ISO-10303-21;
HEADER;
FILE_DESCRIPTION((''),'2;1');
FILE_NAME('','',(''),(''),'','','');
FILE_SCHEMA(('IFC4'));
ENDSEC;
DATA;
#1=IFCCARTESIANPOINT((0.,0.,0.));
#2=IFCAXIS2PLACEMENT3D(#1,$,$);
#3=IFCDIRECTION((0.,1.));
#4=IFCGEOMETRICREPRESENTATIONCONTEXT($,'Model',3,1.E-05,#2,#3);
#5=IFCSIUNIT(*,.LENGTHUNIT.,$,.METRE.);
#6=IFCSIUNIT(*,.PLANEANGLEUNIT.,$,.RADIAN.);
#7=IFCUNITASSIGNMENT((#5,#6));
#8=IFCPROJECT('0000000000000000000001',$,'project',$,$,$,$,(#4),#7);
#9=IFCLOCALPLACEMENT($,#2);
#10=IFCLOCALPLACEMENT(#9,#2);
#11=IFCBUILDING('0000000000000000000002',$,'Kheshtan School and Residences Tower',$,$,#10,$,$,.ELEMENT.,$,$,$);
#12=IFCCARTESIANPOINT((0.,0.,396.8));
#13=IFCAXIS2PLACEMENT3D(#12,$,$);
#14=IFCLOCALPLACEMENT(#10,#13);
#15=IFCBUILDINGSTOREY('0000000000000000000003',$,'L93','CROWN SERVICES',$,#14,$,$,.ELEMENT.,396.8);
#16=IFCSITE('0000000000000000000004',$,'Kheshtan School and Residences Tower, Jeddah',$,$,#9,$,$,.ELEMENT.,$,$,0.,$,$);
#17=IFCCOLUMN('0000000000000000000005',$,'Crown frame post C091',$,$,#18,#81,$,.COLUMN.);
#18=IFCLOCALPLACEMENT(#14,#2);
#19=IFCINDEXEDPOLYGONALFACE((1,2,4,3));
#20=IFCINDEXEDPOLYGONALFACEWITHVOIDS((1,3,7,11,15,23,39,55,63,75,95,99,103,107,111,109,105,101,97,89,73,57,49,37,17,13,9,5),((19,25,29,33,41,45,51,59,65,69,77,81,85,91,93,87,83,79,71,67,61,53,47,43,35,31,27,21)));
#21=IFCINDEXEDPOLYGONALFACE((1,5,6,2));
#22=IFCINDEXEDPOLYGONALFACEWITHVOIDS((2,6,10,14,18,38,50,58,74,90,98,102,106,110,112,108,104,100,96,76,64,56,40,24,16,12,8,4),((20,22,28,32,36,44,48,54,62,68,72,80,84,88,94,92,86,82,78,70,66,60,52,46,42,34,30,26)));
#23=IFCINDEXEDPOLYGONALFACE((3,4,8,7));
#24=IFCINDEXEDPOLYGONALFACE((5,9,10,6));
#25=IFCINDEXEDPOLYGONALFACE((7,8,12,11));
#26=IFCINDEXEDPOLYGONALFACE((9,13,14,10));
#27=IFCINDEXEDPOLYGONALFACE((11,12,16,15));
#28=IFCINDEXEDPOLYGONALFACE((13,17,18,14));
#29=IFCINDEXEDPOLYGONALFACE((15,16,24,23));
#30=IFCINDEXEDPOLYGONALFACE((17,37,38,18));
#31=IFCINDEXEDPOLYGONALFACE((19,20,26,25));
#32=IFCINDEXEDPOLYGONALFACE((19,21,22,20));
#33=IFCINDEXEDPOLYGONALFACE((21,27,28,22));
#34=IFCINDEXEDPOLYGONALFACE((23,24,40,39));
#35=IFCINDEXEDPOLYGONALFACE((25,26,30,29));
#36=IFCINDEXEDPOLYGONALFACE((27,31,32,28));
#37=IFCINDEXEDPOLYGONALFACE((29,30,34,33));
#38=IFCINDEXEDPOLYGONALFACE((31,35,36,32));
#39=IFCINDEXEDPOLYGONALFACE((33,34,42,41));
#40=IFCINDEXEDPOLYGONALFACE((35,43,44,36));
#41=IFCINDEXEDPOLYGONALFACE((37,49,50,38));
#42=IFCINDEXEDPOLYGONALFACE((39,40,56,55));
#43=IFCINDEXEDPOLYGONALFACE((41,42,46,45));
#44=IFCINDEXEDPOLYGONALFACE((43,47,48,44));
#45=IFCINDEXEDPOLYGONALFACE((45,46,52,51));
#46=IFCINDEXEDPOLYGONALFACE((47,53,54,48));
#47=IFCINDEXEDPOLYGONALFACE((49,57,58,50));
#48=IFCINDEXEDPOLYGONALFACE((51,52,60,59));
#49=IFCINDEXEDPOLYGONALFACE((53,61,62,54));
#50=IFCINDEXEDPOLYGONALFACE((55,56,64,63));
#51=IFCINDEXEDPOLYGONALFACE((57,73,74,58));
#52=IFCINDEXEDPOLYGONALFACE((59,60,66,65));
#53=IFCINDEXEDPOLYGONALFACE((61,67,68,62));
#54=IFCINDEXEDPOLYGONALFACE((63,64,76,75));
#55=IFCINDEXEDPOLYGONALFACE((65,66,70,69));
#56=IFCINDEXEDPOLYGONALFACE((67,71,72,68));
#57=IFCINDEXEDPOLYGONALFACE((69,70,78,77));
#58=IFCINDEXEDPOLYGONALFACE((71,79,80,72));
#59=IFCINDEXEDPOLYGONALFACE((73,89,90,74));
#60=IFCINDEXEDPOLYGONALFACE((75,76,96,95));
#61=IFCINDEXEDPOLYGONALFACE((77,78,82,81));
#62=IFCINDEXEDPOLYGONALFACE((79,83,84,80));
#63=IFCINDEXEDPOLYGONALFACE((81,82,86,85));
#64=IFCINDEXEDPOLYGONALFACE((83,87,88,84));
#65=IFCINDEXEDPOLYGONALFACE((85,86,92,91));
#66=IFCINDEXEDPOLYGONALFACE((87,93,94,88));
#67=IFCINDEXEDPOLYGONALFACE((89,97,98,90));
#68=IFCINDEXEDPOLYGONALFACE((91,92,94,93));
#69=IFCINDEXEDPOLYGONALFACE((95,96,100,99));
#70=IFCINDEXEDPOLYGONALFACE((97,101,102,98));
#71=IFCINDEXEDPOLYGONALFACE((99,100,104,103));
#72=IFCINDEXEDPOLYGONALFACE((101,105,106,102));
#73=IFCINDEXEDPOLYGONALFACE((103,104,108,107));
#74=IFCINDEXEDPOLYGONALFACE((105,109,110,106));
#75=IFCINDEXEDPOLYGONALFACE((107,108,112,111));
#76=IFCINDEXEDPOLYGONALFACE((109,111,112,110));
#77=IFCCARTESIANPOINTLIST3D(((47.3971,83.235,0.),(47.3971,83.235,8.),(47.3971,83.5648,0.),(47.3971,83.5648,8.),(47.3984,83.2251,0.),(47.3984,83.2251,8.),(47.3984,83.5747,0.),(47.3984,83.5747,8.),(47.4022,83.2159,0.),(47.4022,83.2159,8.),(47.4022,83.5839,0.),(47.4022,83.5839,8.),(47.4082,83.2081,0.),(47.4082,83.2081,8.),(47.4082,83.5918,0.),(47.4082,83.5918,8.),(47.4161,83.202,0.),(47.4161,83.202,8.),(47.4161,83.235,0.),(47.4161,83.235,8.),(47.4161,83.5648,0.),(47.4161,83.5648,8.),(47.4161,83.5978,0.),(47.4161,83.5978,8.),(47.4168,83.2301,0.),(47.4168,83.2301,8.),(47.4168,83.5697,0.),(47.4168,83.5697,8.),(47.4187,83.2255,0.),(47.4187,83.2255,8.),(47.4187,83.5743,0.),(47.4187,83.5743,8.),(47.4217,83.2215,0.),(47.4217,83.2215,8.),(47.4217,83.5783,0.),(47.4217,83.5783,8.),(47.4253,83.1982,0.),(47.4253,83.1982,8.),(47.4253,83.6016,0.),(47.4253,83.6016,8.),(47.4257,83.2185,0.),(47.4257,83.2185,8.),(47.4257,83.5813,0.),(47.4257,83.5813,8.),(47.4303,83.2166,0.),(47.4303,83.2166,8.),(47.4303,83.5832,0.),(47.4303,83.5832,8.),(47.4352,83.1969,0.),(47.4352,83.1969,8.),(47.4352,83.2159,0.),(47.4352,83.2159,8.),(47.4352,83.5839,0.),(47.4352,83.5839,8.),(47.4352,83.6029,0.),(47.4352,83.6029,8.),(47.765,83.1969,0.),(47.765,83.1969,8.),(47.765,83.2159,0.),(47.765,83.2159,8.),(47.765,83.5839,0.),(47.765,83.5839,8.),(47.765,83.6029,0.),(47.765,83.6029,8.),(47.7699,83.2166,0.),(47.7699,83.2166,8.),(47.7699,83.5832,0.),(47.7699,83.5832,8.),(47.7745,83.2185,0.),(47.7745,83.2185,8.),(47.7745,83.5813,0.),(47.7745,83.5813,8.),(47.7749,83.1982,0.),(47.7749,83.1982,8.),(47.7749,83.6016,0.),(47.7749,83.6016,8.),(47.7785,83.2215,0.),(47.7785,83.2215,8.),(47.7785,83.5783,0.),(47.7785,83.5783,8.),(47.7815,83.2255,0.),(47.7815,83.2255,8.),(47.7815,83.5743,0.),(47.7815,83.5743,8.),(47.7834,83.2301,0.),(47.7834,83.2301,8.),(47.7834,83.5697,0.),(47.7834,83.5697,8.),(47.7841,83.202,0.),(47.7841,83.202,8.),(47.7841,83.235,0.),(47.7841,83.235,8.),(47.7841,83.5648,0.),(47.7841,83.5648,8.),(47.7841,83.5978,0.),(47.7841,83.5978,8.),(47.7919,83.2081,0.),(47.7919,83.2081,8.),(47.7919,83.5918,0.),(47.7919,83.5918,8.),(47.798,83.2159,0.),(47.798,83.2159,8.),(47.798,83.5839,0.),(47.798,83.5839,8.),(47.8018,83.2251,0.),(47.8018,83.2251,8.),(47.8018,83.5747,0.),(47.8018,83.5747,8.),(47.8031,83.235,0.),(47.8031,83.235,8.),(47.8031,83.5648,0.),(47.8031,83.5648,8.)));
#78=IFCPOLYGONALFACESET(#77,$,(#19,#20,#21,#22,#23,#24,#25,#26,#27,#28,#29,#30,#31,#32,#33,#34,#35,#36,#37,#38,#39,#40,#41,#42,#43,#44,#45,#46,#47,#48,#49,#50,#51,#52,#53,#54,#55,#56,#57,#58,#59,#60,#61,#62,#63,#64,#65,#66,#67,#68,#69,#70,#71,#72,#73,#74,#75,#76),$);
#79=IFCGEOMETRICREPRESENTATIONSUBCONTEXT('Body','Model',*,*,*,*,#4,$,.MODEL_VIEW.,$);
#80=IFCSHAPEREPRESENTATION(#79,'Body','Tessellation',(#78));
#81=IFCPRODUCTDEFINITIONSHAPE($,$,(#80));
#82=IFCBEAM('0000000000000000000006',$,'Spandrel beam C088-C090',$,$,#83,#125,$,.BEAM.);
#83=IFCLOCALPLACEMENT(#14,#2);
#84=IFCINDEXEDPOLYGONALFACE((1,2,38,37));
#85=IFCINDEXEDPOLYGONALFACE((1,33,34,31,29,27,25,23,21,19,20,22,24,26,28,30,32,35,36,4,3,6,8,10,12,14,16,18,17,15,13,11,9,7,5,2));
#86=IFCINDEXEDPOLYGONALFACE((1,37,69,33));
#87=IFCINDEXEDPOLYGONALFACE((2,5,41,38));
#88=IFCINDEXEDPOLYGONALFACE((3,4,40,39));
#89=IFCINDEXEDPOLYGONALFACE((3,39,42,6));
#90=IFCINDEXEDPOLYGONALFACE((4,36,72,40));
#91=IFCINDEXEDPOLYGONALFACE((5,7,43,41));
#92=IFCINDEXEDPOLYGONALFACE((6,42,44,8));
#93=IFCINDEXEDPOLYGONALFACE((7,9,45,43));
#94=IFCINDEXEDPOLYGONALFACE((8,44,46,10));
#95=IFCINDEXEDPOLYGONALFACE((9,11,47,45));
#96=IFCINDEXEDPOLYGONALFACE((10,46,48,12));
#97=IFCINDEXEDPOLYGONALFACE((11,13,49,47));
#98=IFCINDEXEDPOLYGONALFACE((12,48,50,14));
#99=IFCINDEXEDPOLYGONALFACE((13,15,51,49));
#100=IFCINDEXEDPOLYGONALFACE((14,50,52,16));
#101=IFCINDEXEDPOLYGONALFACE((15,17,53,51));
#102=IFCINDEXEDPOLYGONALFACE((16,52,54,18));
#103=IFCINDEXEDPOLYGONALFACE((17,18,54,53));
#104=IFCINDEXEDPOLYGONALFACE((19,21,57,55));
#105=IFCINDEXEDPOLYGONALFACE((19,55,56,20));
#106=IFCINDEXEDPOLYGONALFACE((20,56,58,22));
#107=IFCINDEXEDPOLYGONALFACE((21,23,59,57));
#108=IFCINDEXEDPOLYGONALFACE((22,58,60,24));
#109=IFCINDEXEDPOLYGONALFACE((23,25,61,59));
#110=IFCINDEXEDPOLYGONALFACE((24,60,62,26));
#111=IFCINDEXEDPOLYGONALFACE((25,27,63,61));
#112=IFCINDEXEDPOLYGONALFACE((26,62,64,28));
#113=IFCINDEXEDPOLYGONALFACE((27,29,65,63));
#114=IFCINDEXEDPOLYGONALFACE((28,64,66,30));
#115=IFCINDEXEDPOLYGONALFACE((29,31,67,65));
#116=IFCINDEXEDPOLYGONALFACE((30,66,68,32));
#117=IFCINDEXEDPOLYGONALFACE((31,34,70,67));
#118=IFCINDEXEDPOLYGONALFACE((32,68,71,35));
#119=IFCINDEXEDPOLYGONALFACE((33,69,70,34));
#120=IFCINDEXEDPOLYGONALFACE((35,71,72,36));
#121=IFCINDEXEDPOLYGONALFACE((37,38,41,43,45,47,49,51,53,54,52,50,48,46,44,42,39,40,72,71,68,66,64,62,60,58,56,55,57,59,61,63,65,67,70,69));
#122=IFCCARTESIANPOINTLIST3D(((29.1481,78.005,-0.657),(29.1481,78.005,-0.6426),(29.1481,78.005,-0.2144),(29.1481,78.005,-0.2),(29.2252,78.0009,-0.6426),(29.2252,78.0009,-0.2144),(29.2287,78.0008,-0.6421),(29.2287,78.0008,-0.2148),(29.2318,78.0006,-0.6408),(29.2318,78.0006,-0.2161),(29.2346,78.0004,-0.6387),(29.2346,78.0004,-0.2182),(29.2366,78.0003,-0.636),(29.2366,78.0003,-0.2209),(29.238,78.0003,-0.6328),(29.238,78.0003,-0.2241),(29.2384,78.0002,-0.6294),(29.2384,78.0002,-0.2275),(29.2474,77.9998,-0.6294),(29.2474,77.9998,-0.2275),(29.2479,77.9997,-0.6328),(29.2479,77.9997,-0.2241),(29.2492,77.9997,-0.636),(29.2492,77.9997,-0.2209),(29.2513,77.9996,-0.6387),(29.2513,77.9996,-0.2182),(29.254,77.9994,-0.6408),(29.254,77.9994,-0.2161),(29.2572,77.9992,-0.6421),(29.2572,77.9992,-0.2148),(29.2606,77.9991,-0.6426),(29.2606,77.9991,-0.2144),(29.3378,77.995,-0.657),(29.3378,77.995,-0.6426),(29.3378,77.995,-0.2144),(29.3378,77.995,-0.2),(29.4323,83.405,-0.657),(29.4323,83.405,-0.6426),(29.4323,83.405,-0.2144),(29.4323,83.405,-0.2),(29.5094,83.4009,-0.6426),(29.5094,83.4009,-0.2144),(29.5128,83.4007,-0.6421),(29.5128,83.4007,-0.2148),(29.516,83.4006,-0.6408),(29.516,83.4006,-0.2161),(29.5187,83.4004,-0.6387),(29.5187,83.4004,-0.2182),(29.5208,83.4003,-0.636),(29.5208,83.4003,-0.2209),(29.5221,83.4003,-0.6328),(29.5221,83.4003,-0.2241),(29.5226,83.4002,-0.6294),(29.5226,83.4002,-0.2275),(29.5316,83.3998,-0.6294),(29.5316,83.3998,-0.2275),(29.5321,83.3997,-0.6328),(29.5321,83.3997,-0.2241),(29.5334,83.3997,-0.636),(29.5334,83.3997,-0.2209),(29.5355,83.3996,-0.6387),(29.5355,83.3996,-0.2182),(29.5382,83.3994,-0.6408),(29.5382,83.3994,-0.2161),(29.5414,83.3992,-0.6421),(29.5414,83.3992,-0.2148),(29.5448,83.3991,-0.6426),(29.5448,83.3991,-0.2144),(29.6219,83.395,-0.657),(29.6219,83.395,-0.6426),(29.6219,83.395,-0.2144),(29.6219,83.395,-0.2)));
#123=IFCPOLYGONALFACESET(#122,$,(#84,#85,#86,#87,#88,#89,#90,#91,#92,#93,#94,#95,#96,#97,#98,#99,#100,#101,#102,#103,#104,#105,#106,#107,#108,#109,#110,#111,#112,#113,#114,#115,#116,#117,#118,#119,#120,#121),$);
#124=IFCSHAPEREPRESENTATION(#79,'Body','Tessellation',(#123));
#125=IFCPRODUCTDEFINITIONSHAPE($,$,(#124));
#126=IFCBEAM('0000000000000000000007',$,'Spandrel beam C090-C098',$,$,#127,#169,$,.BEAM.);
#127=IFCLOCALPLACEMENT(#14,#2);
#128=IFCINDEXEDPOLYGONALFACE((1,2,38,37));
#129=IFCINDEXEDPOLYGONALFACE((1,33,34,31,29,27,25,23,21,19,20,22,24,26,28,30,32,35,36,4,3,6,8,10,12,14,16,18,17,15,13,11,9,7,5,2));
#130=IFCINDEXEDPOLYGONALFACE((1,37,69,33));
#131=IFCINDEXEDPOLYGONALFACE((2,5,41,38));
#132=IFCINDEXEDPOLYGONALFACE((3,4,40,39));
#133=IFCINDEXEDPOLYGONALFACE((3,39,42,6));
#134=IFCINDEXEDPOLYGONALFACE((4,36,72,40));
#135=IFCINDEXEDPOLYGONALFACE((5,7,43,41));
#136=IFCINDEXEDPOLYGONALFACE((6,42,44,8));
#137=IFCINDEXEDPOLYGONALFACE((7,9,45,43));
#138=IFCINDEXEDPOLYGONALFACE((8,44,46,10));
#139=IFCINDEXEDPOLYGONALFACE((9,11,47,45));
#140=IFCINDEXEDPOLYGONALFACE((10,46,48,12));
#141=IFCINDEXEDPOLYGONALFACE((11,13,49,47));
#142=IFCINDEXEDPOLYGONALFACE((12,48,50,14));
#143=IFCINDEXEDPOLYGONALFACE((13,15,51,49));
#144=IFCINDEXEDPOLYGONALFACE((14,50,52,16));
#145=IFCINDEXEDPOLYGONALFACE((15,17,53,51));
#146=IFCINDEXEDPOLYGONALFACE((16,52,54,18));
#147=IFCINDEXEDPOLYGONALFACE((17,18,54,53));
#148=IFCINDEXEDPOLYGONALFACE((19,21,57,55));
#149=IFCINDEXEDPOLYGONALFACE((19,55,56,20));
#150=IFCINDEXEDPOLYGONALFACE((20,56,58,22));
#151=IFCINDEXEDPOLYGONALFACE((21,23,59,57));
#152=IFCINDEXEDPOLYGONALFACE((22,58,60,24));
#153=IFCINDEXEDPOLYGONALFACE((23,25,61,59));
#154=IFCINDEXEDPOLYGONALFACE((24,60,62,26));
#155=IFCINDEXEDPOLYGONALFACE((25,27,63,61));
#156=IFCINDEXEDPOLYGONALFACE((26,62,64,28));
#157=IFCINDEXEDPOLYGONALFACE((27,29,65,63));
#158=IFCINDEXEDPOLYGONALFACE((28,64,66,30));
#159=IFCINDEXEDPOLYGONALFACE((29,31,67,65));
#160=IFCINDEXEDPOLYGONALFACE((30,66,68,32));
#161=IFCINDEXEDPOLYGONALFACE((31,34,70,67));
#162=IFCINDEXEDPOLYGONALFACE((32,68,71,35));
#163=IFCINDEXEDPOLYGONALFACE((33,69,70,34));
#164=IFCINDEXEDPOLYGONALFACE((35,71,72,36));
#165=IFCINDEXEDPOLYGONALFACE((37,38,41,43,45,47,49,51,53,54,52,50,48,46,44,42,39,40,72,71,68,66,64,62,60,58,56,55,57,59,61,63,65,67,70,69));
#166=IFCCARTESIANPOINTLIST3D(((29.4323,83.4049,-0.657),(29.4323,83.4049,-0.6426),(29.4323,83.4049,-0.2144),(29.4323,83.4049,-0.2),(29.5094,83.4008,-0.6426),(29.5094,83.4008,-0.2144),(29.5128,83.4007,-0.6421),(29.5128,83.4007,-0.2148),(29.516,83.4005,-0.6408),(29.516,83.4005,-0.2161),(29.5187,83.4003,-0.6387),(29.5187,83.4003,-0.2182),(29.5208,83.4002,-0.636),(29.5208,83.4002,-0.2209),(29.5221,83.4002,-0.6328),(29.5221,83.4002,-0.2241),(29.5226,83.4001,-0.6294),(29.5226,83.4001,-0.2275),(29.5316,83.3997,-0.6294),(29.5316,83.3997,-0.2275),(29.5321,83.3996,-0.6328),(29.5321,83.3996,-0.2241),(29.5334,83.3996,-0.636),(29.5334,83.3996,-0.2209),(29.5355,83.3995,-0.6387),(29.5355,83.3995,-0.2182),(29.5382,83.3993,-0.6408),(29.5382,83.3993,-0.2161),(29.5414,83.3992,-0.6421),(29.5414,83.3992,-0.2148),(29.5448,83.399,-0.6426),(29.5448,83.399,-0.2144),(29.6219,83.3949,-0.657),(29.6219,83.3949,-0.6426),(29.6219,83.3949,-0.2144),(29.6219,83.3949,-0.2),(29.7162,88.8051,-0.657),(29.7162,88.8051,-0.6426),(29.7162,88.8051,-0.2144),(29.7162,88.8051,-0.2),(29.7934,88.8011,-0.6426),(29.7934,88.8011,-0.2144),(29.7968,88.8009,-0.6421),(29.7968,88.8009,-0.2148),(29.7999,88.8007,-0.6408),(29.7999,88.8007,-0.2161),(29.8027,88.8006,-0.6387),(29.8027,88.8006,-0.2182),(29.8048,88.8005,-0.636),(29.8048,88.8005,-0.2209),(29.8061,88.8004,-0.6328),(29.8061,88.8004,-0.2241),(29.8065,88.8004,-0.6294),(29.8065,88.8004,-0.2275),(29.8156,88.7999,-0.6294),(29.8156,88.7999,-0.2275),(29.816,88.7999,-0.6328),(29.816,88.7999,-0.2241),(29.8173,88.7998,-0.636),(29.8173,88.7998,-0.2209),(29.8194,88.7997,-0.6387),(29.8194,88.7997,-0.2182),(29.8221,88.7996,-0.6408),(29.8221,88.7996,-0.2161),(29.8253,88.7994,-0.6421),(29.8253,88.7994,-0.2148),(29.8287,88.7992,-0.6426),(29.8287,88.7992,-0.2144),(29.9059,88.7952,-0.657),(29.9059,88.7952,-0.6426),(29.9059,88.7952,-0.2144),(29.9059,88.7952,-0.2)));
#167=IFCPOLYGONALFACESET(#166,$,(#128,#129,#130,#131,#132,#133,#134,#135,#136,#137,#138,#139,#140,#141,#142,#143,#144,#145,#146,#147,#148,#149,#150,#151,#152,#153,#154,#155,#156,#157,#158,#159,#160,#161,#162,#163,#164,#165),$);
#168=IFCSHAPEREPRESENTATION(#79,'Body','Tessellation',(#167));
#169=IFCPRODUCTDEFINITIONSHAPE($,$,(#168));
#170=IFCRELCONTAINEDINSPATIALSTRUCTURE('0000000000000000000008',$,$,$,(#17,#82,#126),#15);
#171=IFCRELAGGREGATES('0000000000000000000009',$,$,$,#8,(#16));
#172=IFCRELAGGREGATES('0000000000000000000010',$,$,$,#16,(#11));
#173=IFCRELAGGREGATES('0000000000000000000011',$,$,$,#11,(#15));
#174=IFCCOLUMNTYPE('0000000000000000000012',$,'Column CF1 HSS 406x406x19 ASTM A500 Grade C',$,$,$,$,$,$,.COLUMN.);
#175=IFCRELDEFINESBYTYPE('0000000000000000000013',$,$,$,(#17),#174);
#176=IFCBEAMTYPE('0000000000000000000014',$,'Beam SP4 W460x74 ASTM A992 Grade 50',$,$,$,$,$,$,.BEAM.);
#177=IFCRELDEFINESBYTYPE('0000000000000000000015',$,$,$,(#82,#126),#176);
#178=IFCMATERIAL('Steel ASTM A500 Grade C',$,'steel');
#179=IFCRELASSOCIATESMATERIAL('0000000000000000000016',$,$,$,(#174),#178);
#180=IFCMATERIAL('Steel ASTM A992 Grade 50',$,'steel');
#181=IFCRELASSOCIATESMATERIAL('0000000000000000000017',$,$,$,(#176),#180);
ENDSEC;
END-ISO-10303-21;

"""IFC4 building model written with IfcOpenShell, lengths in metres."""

from ifc_helpers import new_model, si_unit, direction, frame, origin, origin_2d, place, context, subcontext, project, spatial, hollow_rectangle, i_section, extrude, material, material_profile, profile_set, type_object, element, save


model = new_model("IFC4")

# Units and contexts
model_context = context("Model", 3, precision=1e-05, world=origin(), true_north=direction((0.0, 1.0)))
body_context = subcontext(model_context, "Body", "Model", "MODEL_VIEW")
ifc_project = project(units=[si_unit("LENGTHUNIT", "METRE"), si_unit("PLANEANGLEUNIT", "RADIAN")], contexts=[model_context])

# Site, building, storey
site_placement = place(None, origin())
site = spatial("IfcSite", under=ifc_project, at=site_placement, Name="Kheshtan School and Residences Tower, Jeddah", CompositionType="ELEMENT", RefElevation=0.0)
building_placement = place(site_placement, origin())
building = spatial("IfcBuilding", under=site, at=building_placement, Name="Kheshtan School and Residences Tower", CompositionType="ELEMENT")
storey_placement = place(building_placement, frame((0.0, 0.0, 396.8)))
storey = spatial("IfcBuildingStorey", under=building, at=storey_placement, Name="L93", Description="CROWN SERVICES", CompositionType="ELEMENT", Elevation=396.8)

# Column
ifc_material_1 = material(Name="Steel ASTM A500 Grade C", Category="steel")
ifc_material_profile_1 = material_profile(ifc_material_1, hollow_rectangle(XDim=0.406, YDim=0.406, WallThickness=0.019, InnerFilletRadius=0.019, OuterFilletRadius=0.0381, at=origin_2d()), Name="HSS 406x406x19")
ifc_profile_set_1 = profile_set([ifc_material_profile_1], Name="Steel ASTM A500 Grade C")
column_type = type_object("IfcColumnType", Name="Column CF1 HSS 406x406x19 ASTM A500 Grade C", PredefinedType="COLUMN", material=ifc_profile_set_1)
for number, where, z_axis, x_axis, name in (
    (1, (47.6001, 83.3999, 0.0), (0.0, 0.0, 1.0), (1.0, 0.0, 0.0), "Crown frame post C091"),
):
    element("IfcColumn", number, at=place(storey_placement, frame(where, z_axis=z_axis, x_axis=x_axis)), inside=storey, type_object=column_type, Name=name, PredefinedType="COLUMN", context=body_context, shape_type="SweptSolid", body=[
        extrude(hollow_rectangle(XDim=0.406, YDim=0.406, WallThickness=0.019, InnerFilletRadius=0.019, OuterFilletRadius=0.0381, at=origin_2d()), origin(), (0.0, 0.0, 1.0), 8.0),
    ])

# Beams
ifc_material_2 = material(Name="Steel ASTM A992 Grade 50", Category="steel")
ifc_material_profile_2 = material_profile(ifc_material_2, i_section(OverallWidth=0.1899, OverallDepth=0.457, WebThickness=0.009, FlangeThickness=0.0144, FilletRadius=0.0132, at=origin_2d()), Name="W460x74")
ifc_profile_set_2 = profile_set([ifc_material_profile_2], Name="Steel ASTM A992 Grade 50")
beam_type = type_object("IfcBeamType", Name="Beam SP4 W460x74 ASTM A992 Grade 50", PredefinedType="BEAM", material=ifc_profile_set_2)
beam_1_placement = place(storey_placement, frame((29.2429, 78.0, -0.4285), z_axis=(0.052554, 0.998618, 0.0), x_axis=(-0.998618, 0.052554, 0.0)))
element("IfcBeam", 2, at=beam_1_placement, inside=storey, type_object=beam_type, Name="Spandrel beam C088-C090", PredefinedType="BEAM", context=body_context, shape_type="SweptSolid", body=[
    extrude(i_section(OverallWidth=0.1899, OverallDepth=0.457, WebThickness=0.009, FlangeThickness=0.0144, FilletRadius=0.0132, at=origin_2d()), origin(), (0.0, 0.0, 1.0), 5.4075),
])
beam_2_placement = place(storey_placement, frame((29.5271, 83.3999, -0.4285), z_axis=(0.052507, 0.998621, 0.0), x_axis=(-0.998621, 0.052507, 0.0)))
element("IfcBeam", 3, at=beam_2_placement, inside=storey, type_object=beam_type, Name="Spandrel beam C090-C098", PredefinedType="BEAM", context=body_context, shape_type="SweptSolid", body=[
    extrude(i_section(OverallWidth=0.1899, OverallDepth=0.457, WebThickness=0.009, FlangeThickness=0.0144, FilletRadius=0.0132, at=origin_2d()), origin(), (0.0, 0.0, 1.0), 5.4077),
])

save(model, "model.ifc")
